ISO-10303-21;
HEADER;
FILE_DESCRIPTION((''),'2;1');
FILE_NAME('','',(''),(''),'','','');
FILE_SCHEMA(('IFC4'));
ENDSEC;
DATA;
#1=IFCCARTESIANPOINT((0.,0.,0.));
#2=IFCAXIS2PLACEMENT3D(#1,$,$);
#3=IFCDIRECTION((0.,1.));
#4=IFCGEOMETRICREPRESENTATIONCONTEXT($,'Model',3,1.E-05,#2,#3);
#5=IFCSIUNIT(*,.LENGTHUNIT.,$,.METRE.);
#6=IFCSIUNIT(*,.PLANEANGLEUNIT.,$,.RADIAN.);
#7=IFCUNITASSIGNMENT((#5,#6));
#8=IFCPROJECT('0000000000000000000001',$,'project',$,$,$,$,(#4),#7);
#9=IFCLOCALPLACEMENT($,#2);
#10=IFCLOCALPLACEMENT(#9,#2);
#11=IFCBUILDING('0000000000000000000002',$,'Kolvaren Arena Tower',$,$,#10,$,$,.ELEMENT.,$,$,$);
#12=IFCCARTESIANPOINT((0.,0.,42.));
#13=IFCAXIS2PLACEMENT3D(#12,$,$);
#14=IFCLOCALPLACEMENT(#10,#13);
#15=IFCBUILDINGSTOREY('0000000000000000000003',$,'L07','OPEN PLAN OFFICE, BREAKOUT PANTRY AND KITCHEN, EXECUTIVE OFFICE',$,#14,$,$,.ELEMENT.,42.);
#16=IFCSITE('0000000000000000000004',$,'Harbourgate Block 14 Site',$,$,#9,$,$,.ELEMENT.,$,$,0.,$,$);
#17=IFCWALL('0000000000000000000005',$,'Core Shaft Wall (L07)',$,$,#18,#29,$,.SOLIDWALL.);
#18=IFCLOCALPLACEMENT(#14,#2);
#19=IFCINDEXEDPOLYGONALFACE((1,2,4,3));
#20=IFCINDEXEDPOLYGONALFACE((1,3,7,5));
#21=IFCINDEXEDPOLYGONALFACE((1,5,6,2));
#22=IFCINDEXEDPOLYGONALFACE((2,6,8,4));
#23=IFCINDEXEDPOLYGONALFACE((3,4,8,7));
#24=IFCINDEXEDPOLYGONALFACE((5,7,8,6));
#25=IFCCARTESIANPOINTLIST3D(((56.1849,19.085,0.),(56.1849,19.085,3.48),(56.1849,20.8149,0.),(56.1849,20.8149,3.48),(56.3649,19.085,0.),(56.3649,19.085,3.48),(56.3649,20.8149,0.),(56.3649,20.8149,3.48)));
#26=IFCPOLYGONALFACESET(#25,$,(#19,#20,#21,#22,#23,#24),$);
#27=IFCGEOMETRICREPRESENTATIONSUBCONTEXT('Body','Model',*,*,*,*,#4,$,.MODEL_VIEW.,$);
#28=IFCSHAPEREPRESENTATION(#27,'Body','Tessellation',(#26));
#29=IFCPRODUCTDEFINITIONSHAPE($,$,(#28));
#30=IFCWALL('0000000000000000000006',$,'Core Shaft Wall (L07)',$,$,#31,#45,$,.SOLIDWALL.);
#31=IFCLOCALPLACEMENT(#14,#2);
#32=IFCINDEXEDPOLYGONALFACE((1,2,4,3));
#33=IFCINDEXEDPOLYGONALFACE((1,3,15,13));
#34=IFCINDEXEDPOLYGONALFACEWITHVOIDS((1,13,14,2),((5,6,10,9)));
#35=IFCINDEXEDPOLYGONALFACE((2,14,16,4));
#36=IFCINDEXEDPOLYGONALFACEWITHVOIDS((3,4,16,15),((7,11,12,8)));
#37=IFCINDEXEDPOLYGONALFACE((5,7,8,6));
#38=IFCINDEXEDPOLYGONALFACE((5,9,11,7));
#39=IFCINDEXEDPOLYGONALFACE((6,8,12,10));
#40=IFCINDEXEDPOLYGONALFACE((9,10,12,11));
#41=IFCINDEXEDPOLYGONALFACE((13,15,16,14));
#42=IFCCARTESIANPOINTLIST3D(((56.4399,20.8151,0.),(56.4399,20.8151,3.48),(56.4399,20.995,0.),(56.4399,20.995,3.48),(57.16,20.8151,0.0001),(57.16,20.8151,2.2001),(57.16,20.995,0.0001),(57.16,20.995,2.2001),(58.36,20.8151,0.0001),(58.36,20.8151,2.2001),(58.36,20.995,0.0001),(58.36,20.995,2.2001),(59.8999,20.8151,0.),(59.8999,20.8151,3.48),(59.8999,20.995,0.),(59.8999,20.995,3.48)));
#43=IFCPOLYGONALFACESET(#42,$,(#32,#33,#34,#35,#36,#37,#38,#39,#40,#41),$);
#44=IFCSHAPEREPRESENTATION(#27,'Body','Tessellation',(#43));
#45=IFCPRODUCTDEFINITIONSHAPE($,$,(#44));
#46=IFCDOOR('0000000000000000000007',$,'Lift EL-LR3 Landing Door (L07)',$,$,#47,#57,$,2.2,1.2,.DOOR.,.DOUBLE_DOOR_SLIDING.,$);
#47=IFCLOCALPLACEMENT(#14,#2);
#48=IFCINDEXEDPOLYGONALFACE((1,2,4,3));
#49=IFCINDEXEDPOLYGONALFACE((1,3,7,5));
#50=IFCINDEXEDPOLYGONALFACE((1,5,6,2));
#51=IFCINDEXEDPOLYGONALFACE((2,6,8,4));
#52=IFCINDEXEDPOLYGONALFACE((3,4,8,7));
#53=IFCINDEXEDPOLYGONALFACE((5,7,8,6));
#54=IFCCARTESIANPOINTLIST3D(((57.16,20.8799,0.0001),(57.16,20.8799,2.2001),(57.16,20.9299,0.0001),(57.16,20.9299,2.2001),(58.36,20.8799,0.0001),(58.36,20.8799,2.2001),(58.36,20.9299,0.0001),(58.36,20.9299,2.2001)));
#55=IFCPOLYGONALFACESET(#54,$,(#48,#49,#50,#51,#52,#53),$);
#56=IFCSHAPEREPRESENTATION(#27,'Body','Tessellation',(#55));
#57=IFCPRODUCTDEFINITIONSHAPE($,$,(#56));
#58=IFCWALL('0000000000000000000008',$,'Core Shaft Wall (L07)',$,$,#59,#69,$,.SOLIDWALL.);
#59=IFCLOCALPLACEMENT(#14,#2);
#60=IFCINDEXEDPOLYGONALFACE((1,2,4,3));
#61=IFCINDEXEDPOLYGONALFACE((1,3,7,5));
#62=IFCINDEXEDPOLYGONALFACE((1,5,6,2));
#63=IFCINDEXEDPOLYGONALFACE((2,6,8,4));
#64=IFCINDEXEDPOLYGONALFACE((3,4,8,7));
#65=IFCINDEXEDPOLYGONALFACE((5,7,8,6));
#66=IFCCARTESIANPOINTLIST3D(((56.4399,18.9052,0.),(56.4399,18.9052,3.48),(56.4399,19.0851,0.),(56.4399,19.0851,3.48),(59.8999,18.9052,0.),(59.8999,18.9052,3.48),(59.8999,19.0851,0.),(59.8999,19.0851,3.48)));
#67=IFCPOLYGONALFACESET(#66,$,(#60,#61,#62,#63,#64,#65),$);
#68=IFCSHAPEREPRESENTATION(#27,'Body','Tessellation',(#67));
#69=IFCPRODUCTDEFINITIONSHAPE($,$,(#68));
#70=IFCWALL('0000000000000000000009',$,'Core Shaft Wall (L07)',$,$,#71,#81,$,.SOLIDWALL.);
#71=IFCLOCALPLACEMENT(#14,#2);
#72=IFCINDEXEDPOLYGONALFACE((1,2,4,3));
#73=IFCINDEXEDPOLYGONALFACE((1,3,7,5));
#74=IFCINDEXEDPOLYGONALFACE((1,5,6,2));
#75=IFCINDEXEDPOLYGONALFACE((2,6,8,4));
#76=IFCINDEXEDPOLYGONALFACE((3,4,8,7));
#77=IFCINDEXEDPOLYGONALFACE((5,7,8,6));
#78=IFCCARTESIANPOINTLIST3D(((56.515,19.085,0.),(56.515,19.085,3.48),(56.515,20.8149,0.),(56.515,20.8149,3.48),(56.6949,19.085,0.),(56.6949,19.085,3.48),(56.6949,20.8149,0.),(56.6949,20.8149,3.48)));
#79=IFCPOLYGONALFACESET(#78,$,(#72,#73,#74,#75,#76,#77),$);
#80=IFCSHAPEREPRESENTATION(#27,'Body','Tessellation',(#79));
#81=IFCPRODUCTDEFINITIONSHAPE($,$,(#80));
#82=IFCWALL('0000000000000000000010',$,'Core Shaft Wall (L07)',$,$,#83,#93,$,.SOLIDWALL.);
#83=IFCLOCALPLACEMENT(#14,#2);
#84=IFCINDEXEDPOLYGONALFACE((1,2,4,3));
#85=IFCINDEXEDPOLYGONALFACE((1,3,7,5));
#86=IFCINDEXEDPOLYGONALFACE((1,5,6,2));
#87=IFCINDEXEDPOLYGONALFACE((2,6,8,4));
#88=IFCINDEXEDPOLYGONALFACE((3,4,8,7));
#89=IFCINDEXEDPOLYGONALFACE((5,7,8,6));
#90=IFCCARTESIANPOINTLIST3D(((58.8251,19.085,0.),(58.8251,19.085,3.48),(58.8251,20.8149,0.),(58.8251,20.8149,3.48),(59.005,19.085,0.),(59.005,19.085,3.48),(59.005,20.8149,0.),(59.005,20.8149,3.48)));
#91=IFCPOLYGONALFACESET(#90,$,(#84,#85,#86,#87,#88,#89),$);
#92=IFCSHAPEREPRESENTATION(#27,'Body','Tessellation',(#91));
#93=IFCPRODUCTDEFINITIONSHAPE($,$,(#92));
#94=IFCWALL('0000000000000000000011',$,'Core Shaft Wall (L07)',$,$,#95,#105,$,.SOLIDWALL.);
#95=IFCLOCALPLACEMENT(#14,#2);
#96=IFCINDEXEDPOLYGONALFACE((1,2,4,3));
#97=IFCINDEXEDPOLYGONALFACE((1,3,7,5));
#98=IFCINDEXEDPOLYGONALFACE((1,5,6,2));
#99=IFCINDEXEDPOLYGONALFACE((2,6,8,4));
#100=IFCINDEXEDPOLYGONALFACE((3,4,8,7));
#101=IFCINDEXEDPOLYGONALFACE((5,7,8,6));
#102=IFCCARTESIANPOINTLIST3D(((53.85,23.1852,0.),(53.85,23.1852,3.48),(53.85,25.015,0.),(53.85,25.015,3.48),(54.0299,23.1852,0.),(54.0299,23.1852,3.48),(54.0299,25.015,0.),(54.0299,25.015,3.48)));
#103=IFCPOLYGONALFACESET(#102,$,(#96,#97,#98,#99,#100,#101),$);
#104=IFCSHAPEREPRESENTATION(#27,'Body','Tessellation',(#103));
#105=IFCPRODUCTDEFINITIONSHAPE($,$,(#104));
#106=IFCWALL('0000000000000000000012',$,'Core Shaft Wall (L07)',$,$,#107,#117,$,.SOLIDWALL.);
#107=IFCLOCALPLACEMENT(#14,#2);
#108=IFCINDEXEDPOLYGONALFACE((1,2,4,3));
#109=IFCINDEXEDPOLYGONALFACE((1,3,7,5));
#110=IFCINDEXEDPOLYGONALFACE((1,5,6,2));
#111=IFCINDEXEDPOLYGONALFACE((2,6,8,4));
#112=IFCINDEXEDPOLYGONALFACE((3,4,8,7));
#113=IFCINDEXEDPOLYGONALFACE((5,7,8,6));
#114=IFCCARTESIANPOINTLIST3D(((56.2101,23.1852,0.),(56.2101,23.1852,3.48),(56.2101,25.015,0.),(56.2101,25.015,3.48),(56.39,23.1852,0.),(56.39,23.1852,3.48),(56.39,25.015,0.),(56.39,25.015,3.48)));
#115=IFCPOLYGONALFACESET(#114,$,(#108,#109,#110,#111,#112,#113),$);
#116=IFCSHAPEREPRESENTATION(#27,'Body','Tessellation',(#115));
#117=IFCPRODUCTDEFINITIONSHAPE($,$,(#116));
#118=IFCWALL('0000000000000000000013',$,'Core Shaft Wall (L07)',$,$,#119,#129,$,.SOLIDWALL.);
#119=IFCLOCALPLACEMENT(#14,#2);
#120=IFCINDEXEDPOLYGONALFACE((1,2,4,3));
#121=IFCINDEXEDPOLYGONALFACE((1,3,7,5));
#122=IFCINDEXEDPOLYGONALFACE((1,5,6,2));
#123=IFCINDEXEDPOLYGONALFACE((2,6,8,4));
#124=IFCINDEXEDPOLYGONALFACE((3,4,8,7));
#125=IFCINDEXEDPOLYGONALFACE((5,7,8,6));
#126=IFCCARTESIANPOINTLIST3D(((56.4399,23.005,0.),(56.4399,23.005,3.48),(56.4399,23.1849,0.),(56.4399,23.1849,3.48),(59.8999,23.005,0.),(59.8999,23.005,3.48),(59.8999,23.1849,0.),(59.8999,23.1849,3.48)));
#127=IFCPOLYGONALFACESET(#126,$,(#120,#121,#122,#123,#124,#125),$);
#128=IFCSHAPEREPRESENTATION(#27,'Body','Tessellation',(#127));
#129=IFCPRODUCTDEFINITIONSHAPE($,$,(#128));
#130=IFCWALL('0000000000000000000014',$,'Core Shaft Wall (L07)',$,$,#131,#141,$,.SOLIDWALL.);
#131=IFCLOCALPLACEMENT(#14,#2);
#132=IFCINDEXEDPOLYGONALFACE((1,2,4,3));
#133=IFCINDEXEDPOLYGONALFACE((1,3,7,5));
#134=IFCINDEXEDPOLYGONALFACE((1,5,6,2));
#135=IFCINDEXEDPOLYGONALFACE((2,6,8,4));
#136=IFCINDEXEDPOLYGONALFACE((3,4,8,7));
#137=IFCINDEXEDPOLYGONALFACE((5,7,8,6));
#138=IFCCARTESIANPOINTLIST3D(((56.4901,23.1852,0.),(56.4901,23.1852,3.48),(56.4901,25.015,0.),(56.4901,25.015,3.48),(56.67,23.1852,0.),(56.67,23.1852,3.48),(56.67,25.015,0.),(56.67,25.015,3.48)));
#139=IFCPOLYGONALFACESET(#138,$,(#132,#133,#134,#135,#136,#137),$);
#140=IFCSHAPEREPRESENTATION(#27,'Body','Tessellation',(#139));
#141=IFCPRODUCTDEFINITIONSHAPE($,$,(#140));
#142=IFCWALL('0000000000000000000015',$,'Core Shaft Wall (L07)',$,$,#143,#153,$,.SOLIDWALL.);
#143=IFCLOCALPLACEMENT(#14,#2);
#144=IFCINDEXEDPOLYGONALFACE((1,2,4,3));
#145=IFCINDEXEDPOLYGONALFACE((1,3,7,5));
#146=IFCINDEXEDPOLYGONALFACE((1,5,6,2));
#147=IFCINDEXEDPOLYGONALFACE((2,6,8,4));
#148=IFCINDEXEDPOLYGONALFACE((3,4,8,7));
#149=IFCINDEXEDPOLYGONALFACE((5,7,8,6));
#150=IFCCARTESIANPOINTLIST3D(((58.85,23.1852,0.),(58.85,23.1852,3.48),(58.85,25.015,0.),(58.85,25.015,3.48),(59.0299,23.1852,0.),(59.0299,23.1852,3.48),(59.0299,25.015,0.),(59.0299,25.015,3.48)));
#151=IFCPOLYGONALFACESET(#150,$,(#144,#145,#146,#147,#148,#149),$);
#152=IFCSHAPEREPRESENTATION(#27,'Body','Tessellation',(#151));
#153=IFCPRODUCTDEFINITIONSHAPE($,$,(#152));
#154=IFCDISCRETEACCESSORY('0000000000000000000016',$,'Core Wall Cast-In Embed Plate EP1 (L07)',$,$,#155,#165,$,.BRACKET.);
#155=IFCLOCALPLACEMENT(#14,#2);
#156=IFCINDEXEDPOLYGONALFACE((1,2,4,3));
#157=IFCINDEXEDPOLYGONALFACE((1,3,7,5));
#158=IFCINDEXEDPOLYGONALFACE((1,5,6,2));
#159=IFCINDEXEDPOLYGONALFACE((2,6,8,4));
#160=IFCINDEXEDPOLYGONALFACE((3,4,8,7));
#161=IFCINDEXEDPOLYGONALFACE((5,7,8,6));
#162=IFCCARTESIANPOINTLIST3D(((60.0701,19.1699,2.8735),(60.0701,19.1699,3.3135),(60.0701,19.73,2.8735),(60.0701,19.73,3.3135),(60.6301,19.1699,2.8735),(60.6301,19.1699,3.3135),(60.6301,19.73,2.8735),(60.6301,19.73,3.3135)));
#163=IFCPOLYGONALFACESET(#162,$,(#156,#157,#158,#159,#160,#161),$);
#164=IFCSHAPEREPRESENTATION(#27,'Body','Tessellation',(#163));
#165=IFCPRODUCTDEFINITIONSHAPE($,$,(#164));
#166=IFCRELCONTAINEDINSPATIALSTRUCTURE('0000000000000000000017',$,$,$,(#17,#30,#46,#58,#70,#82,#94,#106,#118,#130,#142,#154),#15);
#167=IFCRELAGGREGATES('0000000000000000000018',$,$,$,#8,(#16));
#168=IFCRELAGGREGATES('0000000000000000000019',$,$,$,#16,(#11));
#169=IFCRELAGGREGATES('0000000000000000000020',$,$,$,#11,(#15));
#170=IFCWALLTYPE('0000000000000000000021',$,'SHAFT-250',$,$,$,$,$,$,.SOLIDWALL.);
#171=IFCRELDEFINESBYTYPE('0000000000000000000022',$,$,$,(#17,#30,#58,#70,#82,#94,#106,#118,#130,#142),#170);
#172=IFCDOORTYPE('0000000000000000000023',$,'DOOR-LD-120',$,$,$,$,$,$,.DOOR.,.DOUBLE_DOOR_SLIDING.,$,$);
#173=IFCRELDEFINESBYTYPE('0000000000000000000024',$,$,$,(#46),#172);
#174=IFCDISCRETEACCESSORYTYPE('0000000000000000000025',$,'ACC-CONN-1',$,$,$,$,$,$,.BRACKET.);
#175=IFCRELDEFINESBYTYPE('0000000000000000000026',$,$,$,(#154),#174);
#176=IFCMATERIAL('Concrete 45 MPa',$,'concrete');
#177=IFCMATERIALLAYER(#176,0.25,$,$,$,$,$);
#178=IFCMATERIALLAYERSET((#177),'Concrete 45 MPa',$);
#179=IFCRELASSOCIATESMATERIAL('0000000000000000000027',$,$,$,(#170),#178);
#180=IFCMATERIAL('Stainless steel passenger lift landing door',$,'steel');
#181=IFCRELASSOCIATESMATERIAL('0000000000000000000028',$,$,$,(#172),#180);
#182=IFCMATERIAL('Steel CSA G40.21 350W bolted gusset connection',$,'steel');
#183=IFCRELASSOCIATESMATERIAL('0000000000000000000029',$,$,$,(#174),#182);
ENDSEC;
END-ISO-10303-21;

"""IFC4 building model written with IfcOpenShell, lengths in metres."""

from ifc_helpers import new_model, si_unit, direction, frame, frame_2d, origin, origin_2d, place, context, subcontext, project, spatial, rectangle, extrude, material, layer, layer_set, type_object, element, fill, save


model = new_model("IFC4")

# Units and contexts
model_context = context("Model", 3, precision=1e-05, world=origin(), true_north=direction((0.0, 1.0)))
body_context = subcontext(model_context, "Body", "Model", "MODEL_VIEW")
ifc_project = project(units=[si_unit("LENGTHUNIT", "METRE"), si_unit("PLANEANGLEUNIT", "RADIAN")], contexts=[model_context])

# Site, building, storey
site_placement = place(None, origin())
site = spatial("IfcSite", under=ifc_project, at=site_placement, Name="Harbourgate Block 14 Site", CompositionType="ELEMENT", RefElevation=0.0)
building_placement = place(site_placement, origin())
building = spatial("IfcBuilding", under=site, at=building_placement, Name="Kolvaren Arena Tower", CompositionType="ELEMENT")
storey_placement = place(building_placement, frame((0.0, 0.0, 42.0)))
storey = spatial("IfcBuildingStorey", under=building, at=storey_placement, Name="L07", Description="OPEN PLAN OFFICE, BREAKOUT PANTRY AND KITCHEN, EXECUTIVE OFFICE", CompositionType="ELEMENT", Elevation=42.0)

# Shared definitions
ifc_material_1 = material(Name="Concrete 45 MPa", Category="concrete")
ifc_layer_1 = layer(ifc_material_1, 0.25)
ifc_layer_set_1 = layer_set([ifc_layer_1], Name="Concrete 45 MPa")
wall_type_1 = type_object("IfcWallType", Name="SHAFT-250", PredefinedType="SOLIDWALL", material=ifc_layer_set_1)
ifc_material_2 = material(Name="Stainless steel passenger lift landing door", Category="steel")
door_type = type_object("IfcDoorType", Name="DOOR-LD-120", OperationType="DOUBLE_DOOR_SLIDING", PredefinedType="DOOR", material=ifc_material_2)

# Wall
for number, where, z_axis, x_axis, name in (
    (1, (56.2749, 19.085, 0.0), (0.0, 0.0, 1.0), (0.0, 1.0, 0.0), "Core Shaft Wall (L07)"),
):
    element("IfcWall", number, at=place(storey_placement, frame(where, z_axis=z_axis, x_axis=x_axis)), inside=storey, type_object=wall_type_1, Name=name, PredefinedType="SOLIDWALL", context=body_context, shape_type="SweptSolid", body=[
        extrude(rectangle(XDim=1.73, YDim=0.1799, at=frame_2d((0.865, 0.0))), origin(), (0.0, 0.0, 1.0), 3.48),
    ])

# Wall, opening, door
wall_1_placement = place(storey_placement, frame((56.4399, 20.905, 0.0), z_axis=(0.0, 0.0, 1.0), x_axis=(1.0, 0.0, 0.0)))
wall_1 = element("IfcWall", 2, at=wall_1_placement, inside=storey, type_object=wall_type_1, Name="Core Shaft Wall (L07)", PredefinedType="SOLIDWALL", context=body_context, shape_type="SweptSolid", body=[
    extrude(rectangle(XDim=3.46, YDim=0.1799, at=frame_2d((1.73, 0.0))), origin(), (0.0, 0.0, 1.0), 3.48),
])
opening_1_placement = place(wall_1_placement, frame((0.72, 0.0, 0.0)))
opening_1 = element("IfcOpeningElement", 3, at=opening_1_placement, cuts=wall_1, PredefinedType="OPENING", context=body_context, shape_type="SweptSolid", body=[
    extrude(rectangle(XDim=1.2, YDim=2.2, at=frame_2d((0.6001, 1.1001))), frame((0.0, 0.0999, 0.0), z_axis=(0.0, -1.0, 0.0), x_axis=(1.0, 0.0, 0.0)), (0.0, 0.0, 1.0), 0.2),
])
door_1_placement = place(opening_1_placement, origin())
door_1 = element("IfcDoor", 4, at=door_1_placement, inside=storey, type_object=door_type, Name="Lift EL-LR3 Landing Door (L07)", OperationType="DOUBLE_DOOR_SLIDING", OverallHeight=2.2, OverallWidth=1.2, PredefinedType="DOOR", context=body_context, shape_type="SweptSolid", body=[
    extrude(rectangle(XDim=1.2, YDim=2.2, at=frame_2d((0.6001, 1.1001))), frame((0.0, 0.0249, 0.0), z_axis=(0.0, -1.0, 0.0), x_axis=(1.0, 0.0, 0.0)), (0.0, 0.0, 1.0), 0.05),
])
fill(opening_1, door_1)

# Walls
wall_2_placement = place(storey_placement, frame((56.4399, 18.9951, 0.0), z_axis=(0.0, 0.0, 1.0), x_axis=(1.0, 0.0, 0.0)))
element("IfcWall", 5, at=wall_2_placement, inside=storey, type_object=wall_type_1, Name="Core Shaft Wall (L07)", PredefinedType="SOLIDWALL", context=body_context, shape_type="SweptSolid", body=[
    extrude(rectangle(XDim=3.46, YDim=0.1799, at=frame_2d((1.73, 0.0))), origin(), (0.0, 0.0, 1.0), 3.48),
])
for number, where, z_axis, x_axis, name in (
    (6, (56.605, 19.085, 0.0), (0.0, 0.0, 1.0), (0.0, 1.0, 0.0), "Core Shaft Wall (L07)"),
    (7, (58.915, 19.085, 0.0), (0.0, 0.0, 1.0), (0.0, 1.0, 0.0), "Core Shaft Wall (L07)"),
):
    element("IfcWall", number, at=place(storey_placement, frame(where, z_axis=z_axis, x_axis=x_axis)), inside=storey, type_object=wall_type_1, Name=name, PredefinedType="SOLIDWALL", context=body_context, shape_type="SweptSolid", body=[
        extrude(rectangle(XDim=1.73, YDim=0.1799, at=frame_2d((0.865, 0.0))), origin(), (0.0, 0.0, 1.0), 3.48),
    ])
for number, where, z_axis, x_axis, name in (
    (8, (53.9399, 23.1851, 0.0), (0.0, 0.0, 1.0), (0.0, 1.0, 0.0), "Core Shaft Wall (L07)"),
    (9, (56.3, 23.1851, 0.0), (0.0, 0.0, 1.0), (0.0, 1.0, 0.0), "Core Shaft Wall (L07)"),
):
    element("IfcWall", number, at=place(storey_placement, frame(where, z_axis=z_axis, x_axis=x_axis)), inside=storey, type_object=wall_type_1, Name=name, PredefinedType="SOLIDWALL", context=body_context, shape_type="SweptSolid", body=[
        extrude(rectangle(XDim=1.8298, YDim=0.1799, at=frame_2d((0.915, 0.0))), origin(), (0.0, 0.0, 1.0), 3.48),
    ])
wall_3_placement = place(storey_placement, frame((56.4399, 23.095, 0.0), z_axis=(0.0, 0.0, 1.0), x_axis=(1.0, 0.0, 0.0)))
element("IfcWall", 10, at=wall_3_placement, inside=storey, type_object=wall_type_1, Name="Core Shaft Wall (L07)", PredefinedType="SOLIDWALL", context=body_context, shape_type="SweptSolid", body=[
    extrude(rectangle(XDim=3.46, YDim=0.1799, at=frame_2d((1.73, 0.0))), origin(), (0.0, 0.0, 1.0), 3.48),
])
for number, where, z_axis, x_axis, name in (
    (11, (56.5801, 23.1851, 0.0), (0.0, 0.0, 1.0), (0.0, 1.0, 0.0), "Core Shaft Wall (L07)"),
    (12, (58.9399, 23.1851, 0.0), (0.0, 0.0, 1.0), (0.0, 1.0, 0.0), "Core Shaft Wall (L07)"),
):
    element("IfcWall", number, at=place(storey_placement, frame(where, z_axis=z_axis, x_axis=x_axis)), inside=storey, type_object=wall_type_1, Name=name, PredefinedType="SOLIDWALL", context=body_context, shape_type="SweptSolid", body=[
        extrude(rectangle(XDim=1.8298, YDim=0.1799, at=frame_2d((0.915, 0.0))), origin(), (0.0, 0.0, 1.0), 3.48),
    ])

# Discrete accessory
ifc_material_3 = material(Name="Steel CSA G40.21 350W bolted gusset connection", Category="steel")
discrete_accessory_type = type_object("IfcDiscreteAccessoryType", Name="ACC-CONN-1", PredefinedType="BRACKET", material=ifc_material_3)
discrete_accessory_placement = place(storey_placement, frame((60.3501, 19.45, 2.8735), z_axis=(0.0, 0.0, 1.0), x_axis=(1.0, 0.0, 0.0)))
element("IfcDiscreteAccessory", 13, at=discrete_accessory_placement, inside=storey, type_object=discrete_accessory_type, Name="Core Wall Cast-In Embed Plate EP1 (L07)", PredefinedType="BRACKET", context=body_context, shape_type="SweptSolid", body=[
    extrude(rectangle(XDim=0.5601, YDim=0.5601, at=origin_2d()), origin(), (0.0, 0.0, 1.0), 0.4399),
])

save(model, "model.ifc")
